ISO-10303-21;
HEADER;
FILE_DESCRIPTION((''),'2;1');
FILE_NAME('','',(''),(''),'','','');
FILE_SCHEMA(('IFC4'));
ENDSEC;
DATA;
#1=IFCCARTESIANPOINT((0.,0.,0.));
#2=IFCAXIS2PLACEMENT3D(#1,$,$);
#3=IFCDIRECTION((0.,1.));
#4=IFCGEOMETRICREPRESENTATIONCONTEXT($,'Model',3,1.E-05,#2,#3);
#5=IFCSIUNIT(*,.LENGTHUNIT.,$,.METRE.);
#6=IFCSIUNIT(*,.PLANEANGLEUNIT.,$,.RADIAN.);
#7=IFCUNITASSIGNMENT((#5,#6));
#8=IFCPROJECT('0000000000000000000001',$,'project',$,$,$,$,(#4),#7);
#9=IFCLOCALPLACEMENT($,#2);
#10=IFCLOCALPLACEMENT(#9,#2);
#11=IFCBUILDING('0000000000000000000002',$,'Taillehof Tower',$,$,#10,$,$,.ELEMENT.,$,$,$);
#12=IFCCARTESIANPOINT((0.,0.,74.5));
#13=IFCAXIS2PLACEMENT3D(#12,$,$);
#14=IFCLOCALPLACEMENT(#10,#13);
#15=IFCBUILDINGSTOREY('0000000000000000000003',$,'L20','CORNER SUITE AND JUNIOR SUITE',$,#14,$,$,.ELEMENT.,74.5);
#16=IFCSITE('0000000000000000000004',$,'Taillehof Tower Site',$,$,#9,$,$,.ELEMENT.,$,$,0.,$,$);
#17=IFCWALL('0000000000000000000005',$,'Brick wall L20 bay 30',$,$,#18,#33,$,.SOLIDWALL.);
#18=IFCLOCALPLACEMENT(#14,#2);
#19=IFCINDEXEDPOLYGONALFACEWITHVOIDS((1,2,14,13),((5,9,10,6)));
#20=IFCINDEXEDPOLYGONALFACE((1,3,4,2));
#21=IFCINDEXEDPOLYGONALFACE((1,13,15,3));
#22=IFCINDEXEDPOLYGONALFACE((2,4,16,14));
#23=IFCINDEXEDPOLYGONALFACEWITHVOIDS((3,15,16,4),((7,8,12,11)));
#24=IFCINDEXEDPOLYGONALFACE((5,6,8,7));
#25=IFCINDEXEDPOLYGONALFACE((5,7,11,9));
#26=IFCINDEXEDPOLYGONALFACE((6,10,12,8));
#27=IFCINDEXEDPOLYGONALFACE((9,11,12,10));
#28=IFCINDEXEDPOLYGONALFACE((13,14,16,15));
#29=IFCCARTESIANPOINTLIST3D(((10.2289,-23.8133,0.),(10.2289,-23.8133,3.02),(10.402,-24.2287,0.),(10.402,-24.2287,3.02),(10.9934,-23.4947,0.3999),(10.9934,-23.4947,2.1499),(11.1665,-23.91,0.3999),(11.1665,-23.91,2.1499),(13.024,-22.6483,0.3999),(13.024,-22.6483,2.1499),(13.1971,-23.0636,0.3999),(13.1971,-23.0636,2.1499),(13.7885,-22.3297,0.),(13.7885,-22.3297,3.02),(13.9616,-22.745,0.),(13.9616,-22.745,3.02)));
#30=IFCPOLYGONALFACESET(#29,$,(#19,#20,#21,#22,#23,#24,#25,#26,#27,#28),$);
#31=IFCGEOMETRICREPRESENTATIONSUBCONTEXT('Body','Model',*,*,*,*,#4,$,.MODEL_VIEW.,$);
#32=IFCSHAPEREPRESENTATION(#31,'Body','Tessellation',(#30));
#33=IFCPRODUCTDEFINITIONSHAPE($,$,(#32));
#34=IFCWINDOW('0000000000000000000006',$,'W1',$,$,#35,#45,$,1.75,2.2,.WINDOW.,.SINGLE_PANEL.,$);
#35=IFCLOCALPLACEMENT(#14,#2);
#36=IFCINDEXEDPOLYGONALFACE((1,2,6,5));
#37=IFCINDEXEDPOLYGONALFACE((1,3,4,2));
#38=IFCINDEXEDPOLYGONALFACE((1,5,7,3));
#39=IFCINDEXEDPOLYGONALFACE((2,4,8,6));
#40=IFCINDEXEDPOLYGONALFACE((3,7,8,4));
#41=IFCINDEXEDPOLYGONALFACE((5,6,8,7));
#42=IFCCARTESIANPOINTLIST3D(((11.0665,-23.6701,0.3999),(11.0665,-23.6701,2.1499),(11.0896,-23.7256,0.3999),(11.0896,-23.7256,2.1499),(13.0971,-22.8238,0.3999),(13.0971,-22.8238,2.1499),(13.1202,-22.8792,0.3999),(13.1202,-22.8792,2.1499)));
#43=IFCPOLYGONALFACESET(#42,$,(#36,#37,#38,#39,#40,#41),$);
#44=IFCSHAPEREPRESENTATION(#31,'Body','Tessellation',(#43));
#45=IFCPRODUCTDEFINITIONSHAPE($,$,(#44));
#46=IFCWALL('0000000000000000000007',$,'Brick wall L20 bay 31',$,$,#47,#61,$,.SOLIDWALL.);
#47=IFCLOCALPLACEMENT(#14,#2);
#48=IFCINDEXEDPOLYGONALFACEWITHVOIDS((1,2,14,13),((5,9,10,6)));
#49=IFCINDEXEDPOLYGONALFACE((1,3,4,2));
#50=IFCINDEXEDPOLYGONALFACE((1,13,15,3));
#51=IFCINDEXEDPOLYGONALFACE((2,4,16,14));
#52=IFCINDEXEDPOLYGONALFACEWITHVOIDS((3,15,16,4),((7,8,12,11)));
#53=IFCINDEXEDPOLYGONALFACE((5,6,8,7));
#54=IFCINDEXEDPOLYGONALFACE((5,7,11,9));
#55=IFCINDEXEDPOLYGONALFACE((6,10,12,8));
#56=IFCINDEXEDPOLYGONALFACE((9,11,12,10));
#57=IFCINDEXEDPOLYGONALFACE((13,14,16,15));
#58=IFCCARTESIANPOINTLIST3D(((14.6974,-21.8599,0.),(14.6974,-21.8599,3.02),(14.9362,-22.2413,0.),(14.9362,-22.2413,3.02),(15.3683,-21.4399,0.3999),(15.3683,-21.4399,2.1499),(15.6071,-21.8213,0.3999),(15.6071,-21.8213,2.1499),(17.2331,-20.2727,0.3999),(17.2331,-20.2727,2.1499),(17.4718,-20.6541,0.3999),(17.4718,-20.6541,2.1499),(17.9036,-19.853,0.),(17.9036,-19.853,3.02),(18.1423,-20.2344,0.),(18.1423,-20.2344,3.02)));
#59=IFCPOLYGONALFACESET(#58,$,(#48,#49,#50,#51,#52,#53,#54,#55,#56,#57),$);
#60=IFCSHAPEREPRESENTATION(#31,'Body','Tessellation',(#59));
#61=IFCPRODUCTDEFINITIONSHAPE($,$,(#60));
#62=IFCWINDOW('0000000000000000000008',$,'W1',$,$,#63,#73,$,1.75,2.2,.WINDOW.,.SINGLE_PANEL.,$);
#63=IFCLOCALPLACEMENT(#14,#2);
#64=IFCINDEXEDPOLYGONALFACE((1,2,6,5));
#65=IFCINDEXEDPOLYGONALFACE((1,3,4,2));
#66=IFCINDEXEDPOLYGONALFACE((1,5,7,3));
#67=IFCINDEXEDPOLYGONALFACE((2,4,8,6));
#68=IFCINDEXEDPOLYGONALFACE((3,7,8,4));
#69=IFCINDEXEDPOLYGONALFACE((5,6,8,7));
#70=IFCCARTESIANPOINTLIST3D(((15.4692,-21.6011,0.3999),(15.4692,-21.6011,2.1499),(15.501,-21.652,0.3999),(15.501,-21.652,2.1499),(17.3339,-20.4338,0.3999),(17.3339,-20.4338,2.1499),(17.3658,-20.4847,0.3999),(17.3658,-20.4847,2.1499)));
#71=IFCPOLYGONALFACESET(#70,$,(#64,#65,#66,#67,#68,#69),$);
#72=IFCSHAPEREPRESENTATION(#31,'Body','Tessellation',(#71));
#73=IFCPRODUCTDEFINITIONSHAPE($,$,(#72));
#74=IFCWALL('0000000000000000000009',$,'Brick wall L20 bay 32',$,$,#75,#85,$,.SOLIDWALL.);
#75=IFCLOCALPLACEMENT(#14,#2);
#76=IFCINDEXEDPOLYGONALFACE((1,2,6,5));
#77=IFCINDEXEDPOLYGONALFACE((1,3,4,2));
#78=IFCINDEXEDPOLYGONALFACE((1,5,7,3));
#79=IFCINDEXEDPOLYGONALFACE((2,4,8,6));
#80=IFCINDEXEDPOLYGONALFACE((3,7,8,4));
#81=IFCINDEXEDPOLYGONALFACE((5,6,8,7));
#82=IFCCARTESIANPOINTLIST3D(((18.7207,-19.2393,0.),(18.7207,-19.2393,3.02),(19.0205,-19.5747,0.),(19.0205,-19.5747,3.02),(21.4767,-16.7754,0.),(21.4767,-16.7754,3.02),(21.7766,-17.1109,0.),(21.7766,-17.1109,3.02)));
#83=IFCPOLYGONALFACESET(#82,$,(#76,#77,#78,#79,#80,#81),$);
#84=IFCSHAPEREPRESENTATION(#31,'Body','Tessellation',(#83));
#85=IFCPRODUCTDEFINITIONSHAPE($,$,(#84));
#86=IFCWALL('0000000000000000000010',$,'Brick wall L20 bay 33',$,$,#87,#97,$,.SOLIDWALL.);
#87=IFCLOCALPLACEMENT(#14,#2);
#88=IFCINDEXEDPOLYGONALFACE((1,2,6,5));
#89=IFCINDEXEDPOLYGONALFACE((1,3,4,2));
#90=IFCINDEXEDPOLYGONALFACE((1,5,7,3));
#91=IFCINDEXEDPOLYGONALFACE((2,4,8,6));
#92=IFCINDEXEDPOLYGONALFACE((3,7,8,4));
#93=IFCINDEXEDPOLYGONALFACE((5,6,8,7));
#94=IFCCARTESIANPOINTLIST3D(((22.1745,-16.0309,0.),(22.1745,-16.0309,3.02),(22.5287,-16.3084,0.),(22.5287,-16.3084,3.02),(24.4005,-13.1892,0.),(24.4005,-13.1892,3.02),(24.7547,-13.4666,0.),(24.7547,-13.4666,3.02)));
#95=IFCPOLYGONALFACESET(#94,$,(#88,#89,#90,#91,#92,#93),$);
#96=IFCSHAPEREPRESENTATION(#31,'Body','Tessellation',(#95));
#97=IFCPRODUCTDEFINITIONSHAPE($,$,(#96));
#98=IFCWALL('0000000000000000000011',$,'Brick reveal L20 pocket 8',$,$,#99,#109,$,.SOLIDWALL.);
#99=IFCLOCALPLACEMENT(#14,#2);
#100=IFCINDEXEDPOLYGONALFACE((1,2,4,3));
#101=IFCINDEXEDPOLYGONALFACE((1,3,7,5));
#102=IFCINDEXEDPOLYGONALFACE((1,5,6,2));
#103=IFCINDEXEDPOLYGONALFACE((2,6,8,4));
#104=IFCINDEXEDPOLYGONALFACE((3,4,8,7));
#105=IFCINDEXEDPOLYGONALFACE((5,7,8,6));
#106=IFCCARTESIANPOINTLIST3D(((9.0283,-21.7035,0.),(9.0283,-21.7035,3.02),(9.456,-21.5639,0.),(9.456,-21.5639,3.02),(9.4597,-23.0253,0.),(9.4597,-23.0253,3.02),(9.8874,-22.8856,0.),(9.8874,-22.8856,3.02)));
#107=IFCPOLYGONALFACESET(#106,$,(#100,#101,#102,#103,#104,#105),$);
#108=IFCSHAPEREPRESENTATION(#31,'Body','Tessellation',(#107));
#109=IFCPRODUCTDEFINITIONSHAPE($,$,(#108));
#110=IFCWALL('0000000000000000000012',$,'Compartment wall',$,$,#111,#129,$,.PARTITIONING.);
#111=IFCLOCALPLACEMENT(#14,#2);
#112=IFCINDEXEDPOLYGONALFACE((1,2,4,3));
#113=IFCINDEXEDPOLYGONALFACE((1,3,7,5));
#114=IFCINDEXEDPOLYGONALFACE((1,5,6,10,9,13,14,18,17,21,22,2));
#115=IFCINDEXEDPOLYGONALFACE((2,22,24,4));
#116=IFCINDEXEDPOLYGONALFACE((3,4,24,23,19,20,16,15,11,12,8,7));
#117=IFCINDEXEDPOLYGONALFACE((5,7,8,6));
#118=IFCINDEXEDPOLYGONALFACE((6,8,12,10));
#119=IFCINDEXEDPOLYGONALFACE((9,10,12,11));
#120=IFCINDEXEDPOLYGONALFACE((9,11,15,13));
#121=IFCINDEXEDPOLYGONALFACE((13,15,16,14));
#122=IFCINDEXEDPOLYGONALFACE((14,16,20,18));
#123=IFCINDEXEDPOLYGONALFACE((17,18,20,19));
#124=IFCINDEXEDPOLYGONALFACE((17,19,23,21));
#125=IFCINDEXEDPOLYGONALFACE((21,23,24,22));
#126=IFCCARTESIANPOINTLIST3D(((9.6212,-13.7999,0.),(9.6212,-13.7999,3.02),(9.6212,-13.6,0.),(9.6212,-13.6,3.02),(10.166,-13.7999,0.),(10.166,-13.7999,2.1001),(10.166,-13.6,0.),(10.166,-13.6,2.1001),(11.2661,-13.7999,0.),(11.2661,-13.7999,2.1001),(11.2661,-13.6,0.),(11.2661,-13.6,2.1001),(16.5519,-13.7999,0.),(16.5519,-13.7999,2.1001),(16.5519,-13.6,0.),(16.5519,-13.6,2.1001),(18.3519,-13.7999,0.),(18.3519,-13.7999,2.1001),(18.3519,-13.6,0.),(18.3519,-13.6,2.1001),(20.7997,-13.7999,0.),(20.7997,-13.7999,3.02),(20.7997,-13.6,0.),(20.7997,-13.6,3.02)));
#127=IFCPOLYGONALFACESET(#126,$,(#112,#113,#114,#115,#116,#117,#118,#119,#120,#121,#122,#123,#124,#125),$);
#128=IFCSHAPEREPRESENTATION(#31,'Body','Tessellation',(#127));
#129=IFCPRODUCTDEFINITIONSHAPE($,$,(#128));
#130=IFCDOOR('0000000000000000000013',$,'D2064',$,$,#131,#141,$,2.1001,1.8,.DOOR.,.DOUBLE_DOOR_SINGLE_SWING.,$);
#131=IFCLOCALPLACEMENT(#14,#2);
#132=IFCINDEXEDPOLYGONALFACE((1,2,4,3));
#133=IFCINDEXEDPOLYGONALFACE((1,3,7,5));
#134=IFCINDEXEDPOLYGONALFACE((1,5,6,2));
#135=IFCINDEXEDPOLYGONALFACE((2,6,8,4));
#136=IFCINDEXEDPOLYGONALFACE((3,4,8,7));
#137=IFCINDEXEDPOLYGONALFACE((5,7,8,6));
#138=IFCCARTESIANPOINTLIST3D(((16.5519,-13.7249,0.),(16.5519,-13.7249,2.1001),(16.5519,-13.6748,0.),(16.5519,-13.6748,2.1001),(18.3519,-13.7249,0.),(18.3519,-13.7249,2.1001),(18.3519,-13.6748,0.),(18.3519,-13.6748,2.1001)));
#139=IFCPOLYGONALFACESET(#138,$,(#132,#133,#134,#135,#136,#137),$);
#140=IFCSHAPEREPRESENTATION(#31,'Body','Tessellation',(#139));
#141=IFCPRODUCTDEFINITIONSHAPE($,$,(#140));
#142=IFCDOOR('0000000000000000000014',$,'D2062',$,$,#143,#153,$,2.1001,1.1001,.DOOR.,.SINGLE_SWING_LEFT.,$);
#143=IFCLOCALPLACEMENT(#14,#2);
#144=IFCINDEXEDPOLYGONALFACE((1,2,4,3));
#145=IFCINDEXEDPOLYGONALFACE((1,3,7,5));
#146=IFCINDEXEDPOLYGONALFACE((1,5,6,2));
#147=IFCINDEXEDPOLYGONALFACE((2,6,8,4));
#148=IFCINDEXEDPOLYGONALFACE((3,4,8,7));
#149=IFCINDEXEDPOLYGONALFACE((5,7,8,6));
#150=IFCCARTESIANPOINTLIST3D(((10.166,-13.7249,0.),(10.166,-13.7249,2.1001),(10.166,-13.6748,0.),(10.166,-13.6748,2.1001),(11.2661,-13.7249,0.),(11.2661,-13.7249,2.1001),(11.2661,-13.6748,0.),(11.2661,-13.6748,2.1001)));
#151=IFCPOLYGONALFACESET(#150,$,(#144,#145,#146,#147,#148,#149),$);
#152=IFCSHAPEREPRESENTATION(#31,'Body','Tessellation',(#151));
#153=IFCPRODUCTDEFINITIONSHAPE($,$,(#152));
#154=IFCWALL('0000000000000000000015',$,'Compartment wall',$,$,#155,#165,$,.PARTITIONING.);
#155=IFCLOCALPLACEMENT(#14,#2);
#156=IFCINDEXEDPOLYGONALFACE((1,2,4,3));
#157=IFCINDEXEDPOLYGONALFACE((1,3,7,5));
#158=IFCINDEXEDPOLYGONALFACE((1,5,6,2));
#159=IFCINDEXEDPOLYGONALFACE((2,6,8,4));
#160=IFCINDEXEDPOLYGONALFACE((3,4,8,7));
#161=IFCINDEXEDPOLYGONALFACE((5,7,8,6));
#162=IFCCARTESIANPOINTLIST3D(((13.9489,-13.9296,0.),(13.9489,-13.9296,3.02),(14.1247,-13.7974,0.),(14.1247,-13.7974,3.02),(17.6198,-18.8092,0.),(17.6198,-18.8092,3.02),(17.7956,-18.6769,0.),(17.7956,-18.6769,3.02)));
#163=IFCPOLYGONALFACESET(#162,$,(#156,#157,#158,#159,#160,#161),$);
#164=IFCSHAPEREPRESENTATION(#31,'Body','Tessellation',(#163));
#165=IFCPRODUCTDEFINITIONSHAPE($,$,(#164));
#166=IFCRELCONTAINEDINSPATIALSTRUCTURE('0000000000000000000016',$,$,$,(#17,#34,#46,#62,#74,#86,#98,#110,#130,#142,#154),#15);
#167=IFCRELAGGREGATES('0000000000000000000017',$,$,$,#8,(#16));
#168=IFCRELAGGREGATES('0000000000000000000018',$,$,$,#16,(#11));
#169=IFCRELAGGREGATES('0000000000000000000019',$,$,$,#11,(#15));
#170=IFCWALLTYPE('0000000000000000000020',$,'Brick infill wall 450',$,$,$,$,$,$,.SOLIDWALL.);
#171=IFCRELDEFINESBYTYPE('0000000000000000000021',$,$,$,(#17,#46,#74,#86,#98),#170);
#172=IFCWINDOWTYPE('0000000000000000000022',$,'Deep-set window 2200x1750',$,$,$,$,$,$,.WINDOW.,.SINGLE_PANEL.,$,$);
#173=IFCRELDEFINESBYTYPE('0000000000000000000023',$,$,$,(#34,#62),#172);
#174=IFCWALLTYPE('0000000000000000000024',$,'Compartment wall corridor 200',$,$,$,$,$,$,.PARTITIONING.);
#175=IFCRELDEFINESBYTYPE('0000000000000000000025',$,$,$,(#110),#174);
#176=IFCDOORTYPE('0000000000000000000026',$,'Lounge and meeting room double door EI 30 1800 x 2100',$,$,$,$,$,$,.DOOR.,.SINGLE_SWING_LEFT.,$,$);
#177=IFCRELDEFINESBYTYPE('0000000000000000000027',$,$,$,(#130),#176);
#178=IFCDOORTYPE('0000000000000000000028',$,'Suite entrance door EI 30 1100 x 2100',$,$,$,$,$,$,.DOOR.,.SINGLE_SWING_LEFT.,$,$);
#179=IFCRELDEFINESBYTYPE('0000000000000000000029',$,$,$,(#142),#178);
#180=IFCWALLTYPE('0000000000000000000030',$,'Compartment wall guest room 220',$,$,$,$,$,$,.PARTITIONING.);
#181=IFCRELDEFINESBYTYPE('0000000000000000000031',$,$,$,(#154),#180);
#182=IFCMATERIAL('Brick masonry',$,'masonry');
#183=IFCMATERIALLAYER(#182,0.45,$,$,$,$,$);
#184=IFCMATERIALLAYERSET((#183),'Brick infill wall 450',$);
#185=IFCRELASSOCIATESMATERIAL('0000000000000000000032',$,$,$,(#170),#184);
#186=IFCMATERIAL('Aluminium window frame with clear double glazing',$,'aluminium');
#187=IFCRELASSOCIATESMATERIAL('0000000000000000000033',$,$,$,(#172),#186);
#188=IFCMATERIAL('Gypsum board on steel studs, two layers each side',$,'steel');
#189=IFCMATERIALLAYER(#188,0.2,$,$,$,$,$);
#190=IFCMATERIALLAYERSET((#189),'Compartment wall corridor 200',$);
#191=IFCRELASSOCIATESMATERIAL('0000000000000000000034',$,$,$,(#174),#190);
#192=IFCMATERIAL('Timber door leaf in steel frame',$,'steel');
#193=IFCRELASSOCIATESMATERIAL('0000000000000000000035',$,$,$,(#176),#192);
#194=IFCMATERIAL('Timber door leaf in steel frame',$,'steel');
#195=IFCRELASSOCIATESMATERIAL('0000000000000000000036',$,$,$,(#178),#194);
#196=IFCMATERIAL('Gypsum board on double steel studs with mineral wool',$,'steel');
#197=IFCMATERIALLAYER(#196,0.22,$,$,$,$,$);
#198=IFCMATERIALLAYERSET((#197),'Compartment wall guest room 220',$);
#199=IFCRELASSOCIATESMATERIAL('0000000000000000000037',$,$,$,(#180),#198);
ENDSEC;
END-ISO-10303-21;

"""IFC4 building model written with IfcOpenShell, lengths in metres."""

from ifc_helpers import new_model, si_unit, direction, frame, frame_2d, origin, place, context, subcontext, project, spatial, rectangle, extrude, material, layer, layer_set, type_object, element, fill, save


model = new_model("IFC4")

# Units and contexts
model_context = context("Model", 3, precision=1e-05, world=origin(), true_north=direction((0.0, 1.0)))
body_context = subcontext(model_context, "Body", "Model", "MODEL_VIEW")
ifc_project = project(units=[si_unit("LENGTHUNIT", "METRE"), si_unit("PLANEANGLEUNIT", "RADIAN")], contexts=[model_context])

# Site, building, storey
site_placement = place(None, origin())
site = spatial("IfcSite", under=ifc_project, at=site_placement, Name="Taillehof Tower Site", CompositionType="ELEMENT", RefElevation=0.0)
building_placement = place(site_placement, origin())
building = spatial("IfcBuilding", under=site, at=building_placement, Name="Taillehof Tower", CompositionType="ELEMENT")
storey_placement = place(building_placement, frame((0.0, 0.0, 74.5)))
storey = spatial("IfcBuildingStorey", under=building, at=storey_placement, Name="L20", Description="CORNER SUITE AND JUNIOR SUITE", CompositionType="ELEMENT", Elevation=74.5)

# Walls, openings, windows
ifc_material_1 = material(Name="Brick masonry", Category="masonry")
ifc_layer_1 = layer(ifc_material_1, 0.45)
ifc_layer_set_1 = layer_set([ifc_layer_1], Name="Brick infill wall 450")
wall_type_1 = type_object("IfcWallType", Name="Brick infill wall 450", PredefinedType="SOLIDWALL", material=ifc_layer_set_1)
wall_1_placement = place(storey_placement, frame((10.3154, -24.021, 0.0), z_axis=(0.0, 0.0, 1.0), x_axis=(0.923032, 0.384723, 0.0)))
wall_1 = element("IfcWall", 1, at=wall_1_placement, inside=storey, type_object=wall_type_1, Name="Brick wall L20 bay 30", PredefinedType="SOLIDWALL", context=body_context, shape_type="SweptSolid", body=[
    extrude(rectangle(XDim=3.8564, YDim=0.45, at=frame_2d((1.9282, 0.0))), origin(), (0.0, 0.0, 1.0), 3.02),
])
opening_1_placement = place(wall_1_placement, frame((0.8281, 0.0, 0.3999)))
opening_1 = element("IfcOpeningElement", 2, at=opening_1_placement, cuts=wall_1, PredefinedType="OPENING", context=body_context, shape_type="SweptSolid", body=[
    extrude(rectangle(XDim=2.2, YDim=1.75, at=frame_2d((1.1001, 0.875))), frame((0.0, 0.2349, 0.0), z_axis=(0.0, -1.0, 0.0), x_axis=(1.0, 0.0, 0.0)), (0.0, 0.0, 1.0), 0.47),
])
ifc_material_2 = material(Name="Aluminium window frame with clear double glazing", Category="aluminium")
window_type = type_object("IfcWindowType", Name="Deep-set window 2200x1750", PartitioningType="SINGLE_PANEL", PredefinedType="WINDOW", material=ifc_material_2)
window_1_placement = place(opening_1_placement, origin())
window_1 = element("IfcWindow", 3, at=window_1_placement, inside=storey, type_object=window_type, Name="W1", OverallHeight=1.75, OverallWidth=2.2, PartitioningType="SINGLE_PANEL", PredefinedType="WINDOW", context=body_context, shape_type="SweptSolid", body=[
    extrude(rectangle(XDim=2.2, YDim=1.75, at=frame_2d((1.1001, 0.875))), frame((0.0, 0.0349, 0.0), z_axis=(0.0, -1.0, 0.0), x_axis=(1.0, 0.0, 0.0)), (0.0, 0.0, 1.0), 0.0601),
])
fill(opening_1, window_1)
wall_2_placement = place(storey_placement, frame((14.8169, -22.0505, 0.0), z_axis=(0.0, 0.0, 1.0), x_axis=(0.847635, 0.530579, 0.0)))
wall_2 = element("IfcWall", 4, at=wall_2_placement, inside=storey, type_object=wall_type_1, Name="Brick wall L20 bay 31", PredefinedType="SOLIDWALL", context=body_context, shape_type="SweptSolid", body=[
    extrude(rectangle(XDim=3.7825, YDim=0.45, at=frame_2d((1.8911, 0.0))), origin(), (0.0, 0.0, 1.0), 3.02),
])
opening_2_placement = place(wall_2_placement, frame((0.7913, 0.0, 0.3999)))
opening_2 = element("IfcOpeningElement", 5, at=opening_2_placement, cuts=wall_2, PredefinedType="OPENING", context=body_context, shape_type="SweptSolid", body=[
    extrude(rectangle(XDim=2.2, YDim=1.75, at=frame_2d((1.1001, 0.875))), frame((0.0, 0.2349, 0.0), z_axis=(0.0, -1.0, 0.0), x_axis=(1.0, 0.0, 0.0)), (0.0, 0.0, 1.0), 0.47),
])
window_2_placement = place(opening_2_placement, origin())
window_2 = element("IfcWindow", 6, at=window_2_placement, inside=storey, type_object=window_type, Name="W1", OverallHeight=1.75, OverallWidth=2.2, PartitioningType="SINGLE_PANEL", PredefinedType="WINDOW", context=body_context, shape_type="SweptSolid", body=[
    extrude(rectangle(XDim=2.2, YDim=1.75, at=frame_2d((1.1001, 0.875))), frame((0.0, 0.0349, 0.0), z_axis=(0.0, -1.0, 0.0), x_axis=(1.0, 0.0, 0.0)), (0.0, 0.0, 1.0), 0.0601),
])
fill(opening_2, window_2)

# Walls
wall_3_placement = place(storey_placement, frame((18.8706, -19.407, 0.0), z_axis=(0.0, 0.0, 1.0), x_axis=(0.745526, 0.666476, 0.0)))
element("IfcWall", 7, at=wall_3_placement, inside=storey, type_object=wall_type_1, Name="Brick wall L20 bay 32", PredefinedType="SOLIDWALL", context=body_context, shape_type="SweptSolid", body=[
    extrude(rectangle(XDim=3.6968, YDim=0.45, at=frame_2d((1.8484, 0.0))), origin(), (0.0, 0.0, 1.0), 3.02),
])
wall_4_placement = place(storey_placement, frame((22.3516, -16.1697, 0.0), z_axis=(0.0, 0.0, 1.0), x_axis=(0.616662, 0.787228, 0.0)))
element("IfcWall", 8, at=wall_4_placement, inside=storey, type_object=wall_type_1, Name="Brick wall L20 bay 33", PredefinedType="SOLIDWALL", context=body_context, shape_type="SweptSolid", body=[
    extrude(rectangle(XDim=3.6099, YDim=0.45, at=frame_2d((1.8049, 0.0))), origin(), (0.0, 0.0, 1.0), 3.02),
])
wall_5_placement = place(storey_placement, frame((9.6736, -22.9556, 0.0), z_axis=(0.0, 0.0, 1.0), x_axis=(-0.310269, 0.950649, 0.0)))
element("IfcWall", 9, at=wall_5_placement, inside=storey, type_object=wall_type_1, Name="Brick reveal L20 pocket 8", PredefinedType="SOLIDWALL", context=body_context, shape_type="SweptSolid", body=[
    extrude(rectangle(XDim=1.3904, YDim=0.45, at=frame_2d((0.6953, 0.0))), origin(), (0.0, 0.0, 1.0), 3.02),
])

# Wall, openings, doors
ifc_material_3 = material(Name="Gypsum board on steel studs, two layers each side", Category="steel")
ifc_layer_2 = layer(ifc_material_3, 0.2)
ifc_layer_set_2 = layer_set([ifc_layer_2], Name="Compartment wall corridor 200")
wall_type_2 = type_object("IfcWallType", Name="Compartment wall corridor 200", PredefinedType="PARTITIONING", material=ifc_layer_set_2)
wall_6_placement = place(storey_placement, frame((20.7998, -13.7, 0.0), z_axis=(0.0, 0.0, 1.0), x_axis=(-1.0, 0.0, 0.0)))
wall_6 = element("IfcWall", 10, at=wall_6_placement, inside=storey, type_object=wall_type_2, Name="Compartment wall", PredefinedType="PARTITIONING", context=body_context, shape_type="SweptSolid", body=[
    extrude(rectangle(XDim=11.1785, YDim=0.2, at=frame_2d((5.5894, 0.0))), origin(), (0.0, 0.0, 1.0), 3.02),
])
opening_3_placement = place(wall_6_placement, frame((9.5337, 0.0, 0.0)))
opening_3 = element("IfcOpeningElement", 11, at=opening_3_placement, cuts=wall_6, PredefinedType="OPENING", context=body_context, shape_type="SweptSolid", body=[
    extrude(rectangle(XDim=1.1001, YDim=2.1001, at=frame_2d((0.55, 1.05))), frame((0.0, 0.1099, 0.0), z_axis=(0.0, -1.0, 0.0), x_axis=(1.0, 0.0, 0.0)), (0.0, 0.0, 1.0), 0.22),
])
opening_4_placement = place(wall_6_placement, frame((2.448, 0.0, 0.0)))
opening_4 = element("IfcOpeningElement", 12, at=opening_4_placement, cuts=wall_6, PredefinedType="OPENING", context=body_context, shape_type="SweptSolid", body=[
    extrude(rectangle(XDim=1.8, YDim=2.1001, at=frame_2d((0.8999, 1.05))), frame((0.0, 0.1099, 0.0), z_axis=(0.0, -1.0, 0.0), x_axis=(1.0, 0.0, 0.0)), (0.0, 0.0, 1.0), 0.22),
])
ifc_material_4 = material(Name="Timber door leaf in steel frame", Category="steel")
door_type_1 = type_object("IfcDoorType", Name="Lounge and meeting room double door EI 30 1800 x 2100", OperationType="SINGLE_SWING_LEFT", PredefinedType="DOOR", material=ifc_material_4)
door_1_placement = place(opening_4_placement, origin())
door_1 = element("IfcDoor", 13, at=door_1_placement, inside=storey, type_object=door_type_1, Name="D2064", OperationType="DOUBLE_DOOR_SINGLE_SWING", OverallHeight=2.1001, OverallWidth=1.8, PredefinedType="DOOR", context=body_context, shape_type="SweptSolid", body=[
    extrude(rectangle(XDim=1.8, YDim=2.1001, at=frame_2d((0.8999, 1.05))), frame((0.0, 0.0249, 0.0), z_axis=(0.0, -1.0, 0.0), x_axis=(1.0, 0.0, 0.0)), (0.0, 0.0, 1.0), 0.05),
])
fill(opening_4, door_1)
ifc_material_5 = material(Name="Timber door leaf in steel frame", Category="steel")
door_type_2 = type_object("IfcDoorType", Name="Suite entrance door EI 30 1100 x 2100", OperationType="SINGLE_SWING_LEFT", PredefinedType="DOOR", material=ifc_material_5)
door_2_placement = place(opening_3_placement, origin())
door_2 = element("IfcDoor", 14, at=door_2_placement, inside=storey, type_object=door_type_2, Name="D2062", OperationType="SINGLE_SWING_LEFT", OverallHeight=2.1001, OverallWidth=1.1001, PredefinedType="DOOR", context=body_context, shape_type="SweptSolid", body=[
    extrude(rectangle(XDim=1.1001, YDim=2.1001, at=frame_2d((0.55, 1.05))), frame((0.0, 0.0249, 0.0), z_axis=(0.0, -1.0, 0.0), x_axis=(1.0, 0.0, 0.0)), (0.0, 0.0, 1.0), 0.05),
])
fill(opening_3, door_2)

# Wall
ifc_material_6 = material(Name="Gypsum board on double steel studs with mineral wool", Category="steel")
ifc_layer_3 = layer(ifc_material_6, 0.22)
ifc_layer_set_3 = layer_set([ifc_layer_3], Name="Compartment wall guest room 220")
wall_type_3 = type_object("IfcWallType", Name="Compartment wall guest room 220", PredefinedType="PARTITIONING", material=ifc_layer_set_3)
wall_7_placement = place(storey_placement, frame((17.7078, -18.7432, 0.0), z_axis=(0.0, 0.0, 1.0), x_axis=(-0.60117, 0.799121, 0.0)))
element("IfcWall", 15, at=wall_7_placement, inside=storey, type_object=wall_type_3, Name="Compartment wall", PredefinedType="PARTITIONING", context=body_context, shape_type="SweptSolid", body=[
    extrude(rectangle(XDim=6.1062, YDim=0.22, at=frame_2d((3.0532, 0.0))), origin(), (0.0, 0.0, 1.0), 3.02),
])

save(model, "model.ifc")
